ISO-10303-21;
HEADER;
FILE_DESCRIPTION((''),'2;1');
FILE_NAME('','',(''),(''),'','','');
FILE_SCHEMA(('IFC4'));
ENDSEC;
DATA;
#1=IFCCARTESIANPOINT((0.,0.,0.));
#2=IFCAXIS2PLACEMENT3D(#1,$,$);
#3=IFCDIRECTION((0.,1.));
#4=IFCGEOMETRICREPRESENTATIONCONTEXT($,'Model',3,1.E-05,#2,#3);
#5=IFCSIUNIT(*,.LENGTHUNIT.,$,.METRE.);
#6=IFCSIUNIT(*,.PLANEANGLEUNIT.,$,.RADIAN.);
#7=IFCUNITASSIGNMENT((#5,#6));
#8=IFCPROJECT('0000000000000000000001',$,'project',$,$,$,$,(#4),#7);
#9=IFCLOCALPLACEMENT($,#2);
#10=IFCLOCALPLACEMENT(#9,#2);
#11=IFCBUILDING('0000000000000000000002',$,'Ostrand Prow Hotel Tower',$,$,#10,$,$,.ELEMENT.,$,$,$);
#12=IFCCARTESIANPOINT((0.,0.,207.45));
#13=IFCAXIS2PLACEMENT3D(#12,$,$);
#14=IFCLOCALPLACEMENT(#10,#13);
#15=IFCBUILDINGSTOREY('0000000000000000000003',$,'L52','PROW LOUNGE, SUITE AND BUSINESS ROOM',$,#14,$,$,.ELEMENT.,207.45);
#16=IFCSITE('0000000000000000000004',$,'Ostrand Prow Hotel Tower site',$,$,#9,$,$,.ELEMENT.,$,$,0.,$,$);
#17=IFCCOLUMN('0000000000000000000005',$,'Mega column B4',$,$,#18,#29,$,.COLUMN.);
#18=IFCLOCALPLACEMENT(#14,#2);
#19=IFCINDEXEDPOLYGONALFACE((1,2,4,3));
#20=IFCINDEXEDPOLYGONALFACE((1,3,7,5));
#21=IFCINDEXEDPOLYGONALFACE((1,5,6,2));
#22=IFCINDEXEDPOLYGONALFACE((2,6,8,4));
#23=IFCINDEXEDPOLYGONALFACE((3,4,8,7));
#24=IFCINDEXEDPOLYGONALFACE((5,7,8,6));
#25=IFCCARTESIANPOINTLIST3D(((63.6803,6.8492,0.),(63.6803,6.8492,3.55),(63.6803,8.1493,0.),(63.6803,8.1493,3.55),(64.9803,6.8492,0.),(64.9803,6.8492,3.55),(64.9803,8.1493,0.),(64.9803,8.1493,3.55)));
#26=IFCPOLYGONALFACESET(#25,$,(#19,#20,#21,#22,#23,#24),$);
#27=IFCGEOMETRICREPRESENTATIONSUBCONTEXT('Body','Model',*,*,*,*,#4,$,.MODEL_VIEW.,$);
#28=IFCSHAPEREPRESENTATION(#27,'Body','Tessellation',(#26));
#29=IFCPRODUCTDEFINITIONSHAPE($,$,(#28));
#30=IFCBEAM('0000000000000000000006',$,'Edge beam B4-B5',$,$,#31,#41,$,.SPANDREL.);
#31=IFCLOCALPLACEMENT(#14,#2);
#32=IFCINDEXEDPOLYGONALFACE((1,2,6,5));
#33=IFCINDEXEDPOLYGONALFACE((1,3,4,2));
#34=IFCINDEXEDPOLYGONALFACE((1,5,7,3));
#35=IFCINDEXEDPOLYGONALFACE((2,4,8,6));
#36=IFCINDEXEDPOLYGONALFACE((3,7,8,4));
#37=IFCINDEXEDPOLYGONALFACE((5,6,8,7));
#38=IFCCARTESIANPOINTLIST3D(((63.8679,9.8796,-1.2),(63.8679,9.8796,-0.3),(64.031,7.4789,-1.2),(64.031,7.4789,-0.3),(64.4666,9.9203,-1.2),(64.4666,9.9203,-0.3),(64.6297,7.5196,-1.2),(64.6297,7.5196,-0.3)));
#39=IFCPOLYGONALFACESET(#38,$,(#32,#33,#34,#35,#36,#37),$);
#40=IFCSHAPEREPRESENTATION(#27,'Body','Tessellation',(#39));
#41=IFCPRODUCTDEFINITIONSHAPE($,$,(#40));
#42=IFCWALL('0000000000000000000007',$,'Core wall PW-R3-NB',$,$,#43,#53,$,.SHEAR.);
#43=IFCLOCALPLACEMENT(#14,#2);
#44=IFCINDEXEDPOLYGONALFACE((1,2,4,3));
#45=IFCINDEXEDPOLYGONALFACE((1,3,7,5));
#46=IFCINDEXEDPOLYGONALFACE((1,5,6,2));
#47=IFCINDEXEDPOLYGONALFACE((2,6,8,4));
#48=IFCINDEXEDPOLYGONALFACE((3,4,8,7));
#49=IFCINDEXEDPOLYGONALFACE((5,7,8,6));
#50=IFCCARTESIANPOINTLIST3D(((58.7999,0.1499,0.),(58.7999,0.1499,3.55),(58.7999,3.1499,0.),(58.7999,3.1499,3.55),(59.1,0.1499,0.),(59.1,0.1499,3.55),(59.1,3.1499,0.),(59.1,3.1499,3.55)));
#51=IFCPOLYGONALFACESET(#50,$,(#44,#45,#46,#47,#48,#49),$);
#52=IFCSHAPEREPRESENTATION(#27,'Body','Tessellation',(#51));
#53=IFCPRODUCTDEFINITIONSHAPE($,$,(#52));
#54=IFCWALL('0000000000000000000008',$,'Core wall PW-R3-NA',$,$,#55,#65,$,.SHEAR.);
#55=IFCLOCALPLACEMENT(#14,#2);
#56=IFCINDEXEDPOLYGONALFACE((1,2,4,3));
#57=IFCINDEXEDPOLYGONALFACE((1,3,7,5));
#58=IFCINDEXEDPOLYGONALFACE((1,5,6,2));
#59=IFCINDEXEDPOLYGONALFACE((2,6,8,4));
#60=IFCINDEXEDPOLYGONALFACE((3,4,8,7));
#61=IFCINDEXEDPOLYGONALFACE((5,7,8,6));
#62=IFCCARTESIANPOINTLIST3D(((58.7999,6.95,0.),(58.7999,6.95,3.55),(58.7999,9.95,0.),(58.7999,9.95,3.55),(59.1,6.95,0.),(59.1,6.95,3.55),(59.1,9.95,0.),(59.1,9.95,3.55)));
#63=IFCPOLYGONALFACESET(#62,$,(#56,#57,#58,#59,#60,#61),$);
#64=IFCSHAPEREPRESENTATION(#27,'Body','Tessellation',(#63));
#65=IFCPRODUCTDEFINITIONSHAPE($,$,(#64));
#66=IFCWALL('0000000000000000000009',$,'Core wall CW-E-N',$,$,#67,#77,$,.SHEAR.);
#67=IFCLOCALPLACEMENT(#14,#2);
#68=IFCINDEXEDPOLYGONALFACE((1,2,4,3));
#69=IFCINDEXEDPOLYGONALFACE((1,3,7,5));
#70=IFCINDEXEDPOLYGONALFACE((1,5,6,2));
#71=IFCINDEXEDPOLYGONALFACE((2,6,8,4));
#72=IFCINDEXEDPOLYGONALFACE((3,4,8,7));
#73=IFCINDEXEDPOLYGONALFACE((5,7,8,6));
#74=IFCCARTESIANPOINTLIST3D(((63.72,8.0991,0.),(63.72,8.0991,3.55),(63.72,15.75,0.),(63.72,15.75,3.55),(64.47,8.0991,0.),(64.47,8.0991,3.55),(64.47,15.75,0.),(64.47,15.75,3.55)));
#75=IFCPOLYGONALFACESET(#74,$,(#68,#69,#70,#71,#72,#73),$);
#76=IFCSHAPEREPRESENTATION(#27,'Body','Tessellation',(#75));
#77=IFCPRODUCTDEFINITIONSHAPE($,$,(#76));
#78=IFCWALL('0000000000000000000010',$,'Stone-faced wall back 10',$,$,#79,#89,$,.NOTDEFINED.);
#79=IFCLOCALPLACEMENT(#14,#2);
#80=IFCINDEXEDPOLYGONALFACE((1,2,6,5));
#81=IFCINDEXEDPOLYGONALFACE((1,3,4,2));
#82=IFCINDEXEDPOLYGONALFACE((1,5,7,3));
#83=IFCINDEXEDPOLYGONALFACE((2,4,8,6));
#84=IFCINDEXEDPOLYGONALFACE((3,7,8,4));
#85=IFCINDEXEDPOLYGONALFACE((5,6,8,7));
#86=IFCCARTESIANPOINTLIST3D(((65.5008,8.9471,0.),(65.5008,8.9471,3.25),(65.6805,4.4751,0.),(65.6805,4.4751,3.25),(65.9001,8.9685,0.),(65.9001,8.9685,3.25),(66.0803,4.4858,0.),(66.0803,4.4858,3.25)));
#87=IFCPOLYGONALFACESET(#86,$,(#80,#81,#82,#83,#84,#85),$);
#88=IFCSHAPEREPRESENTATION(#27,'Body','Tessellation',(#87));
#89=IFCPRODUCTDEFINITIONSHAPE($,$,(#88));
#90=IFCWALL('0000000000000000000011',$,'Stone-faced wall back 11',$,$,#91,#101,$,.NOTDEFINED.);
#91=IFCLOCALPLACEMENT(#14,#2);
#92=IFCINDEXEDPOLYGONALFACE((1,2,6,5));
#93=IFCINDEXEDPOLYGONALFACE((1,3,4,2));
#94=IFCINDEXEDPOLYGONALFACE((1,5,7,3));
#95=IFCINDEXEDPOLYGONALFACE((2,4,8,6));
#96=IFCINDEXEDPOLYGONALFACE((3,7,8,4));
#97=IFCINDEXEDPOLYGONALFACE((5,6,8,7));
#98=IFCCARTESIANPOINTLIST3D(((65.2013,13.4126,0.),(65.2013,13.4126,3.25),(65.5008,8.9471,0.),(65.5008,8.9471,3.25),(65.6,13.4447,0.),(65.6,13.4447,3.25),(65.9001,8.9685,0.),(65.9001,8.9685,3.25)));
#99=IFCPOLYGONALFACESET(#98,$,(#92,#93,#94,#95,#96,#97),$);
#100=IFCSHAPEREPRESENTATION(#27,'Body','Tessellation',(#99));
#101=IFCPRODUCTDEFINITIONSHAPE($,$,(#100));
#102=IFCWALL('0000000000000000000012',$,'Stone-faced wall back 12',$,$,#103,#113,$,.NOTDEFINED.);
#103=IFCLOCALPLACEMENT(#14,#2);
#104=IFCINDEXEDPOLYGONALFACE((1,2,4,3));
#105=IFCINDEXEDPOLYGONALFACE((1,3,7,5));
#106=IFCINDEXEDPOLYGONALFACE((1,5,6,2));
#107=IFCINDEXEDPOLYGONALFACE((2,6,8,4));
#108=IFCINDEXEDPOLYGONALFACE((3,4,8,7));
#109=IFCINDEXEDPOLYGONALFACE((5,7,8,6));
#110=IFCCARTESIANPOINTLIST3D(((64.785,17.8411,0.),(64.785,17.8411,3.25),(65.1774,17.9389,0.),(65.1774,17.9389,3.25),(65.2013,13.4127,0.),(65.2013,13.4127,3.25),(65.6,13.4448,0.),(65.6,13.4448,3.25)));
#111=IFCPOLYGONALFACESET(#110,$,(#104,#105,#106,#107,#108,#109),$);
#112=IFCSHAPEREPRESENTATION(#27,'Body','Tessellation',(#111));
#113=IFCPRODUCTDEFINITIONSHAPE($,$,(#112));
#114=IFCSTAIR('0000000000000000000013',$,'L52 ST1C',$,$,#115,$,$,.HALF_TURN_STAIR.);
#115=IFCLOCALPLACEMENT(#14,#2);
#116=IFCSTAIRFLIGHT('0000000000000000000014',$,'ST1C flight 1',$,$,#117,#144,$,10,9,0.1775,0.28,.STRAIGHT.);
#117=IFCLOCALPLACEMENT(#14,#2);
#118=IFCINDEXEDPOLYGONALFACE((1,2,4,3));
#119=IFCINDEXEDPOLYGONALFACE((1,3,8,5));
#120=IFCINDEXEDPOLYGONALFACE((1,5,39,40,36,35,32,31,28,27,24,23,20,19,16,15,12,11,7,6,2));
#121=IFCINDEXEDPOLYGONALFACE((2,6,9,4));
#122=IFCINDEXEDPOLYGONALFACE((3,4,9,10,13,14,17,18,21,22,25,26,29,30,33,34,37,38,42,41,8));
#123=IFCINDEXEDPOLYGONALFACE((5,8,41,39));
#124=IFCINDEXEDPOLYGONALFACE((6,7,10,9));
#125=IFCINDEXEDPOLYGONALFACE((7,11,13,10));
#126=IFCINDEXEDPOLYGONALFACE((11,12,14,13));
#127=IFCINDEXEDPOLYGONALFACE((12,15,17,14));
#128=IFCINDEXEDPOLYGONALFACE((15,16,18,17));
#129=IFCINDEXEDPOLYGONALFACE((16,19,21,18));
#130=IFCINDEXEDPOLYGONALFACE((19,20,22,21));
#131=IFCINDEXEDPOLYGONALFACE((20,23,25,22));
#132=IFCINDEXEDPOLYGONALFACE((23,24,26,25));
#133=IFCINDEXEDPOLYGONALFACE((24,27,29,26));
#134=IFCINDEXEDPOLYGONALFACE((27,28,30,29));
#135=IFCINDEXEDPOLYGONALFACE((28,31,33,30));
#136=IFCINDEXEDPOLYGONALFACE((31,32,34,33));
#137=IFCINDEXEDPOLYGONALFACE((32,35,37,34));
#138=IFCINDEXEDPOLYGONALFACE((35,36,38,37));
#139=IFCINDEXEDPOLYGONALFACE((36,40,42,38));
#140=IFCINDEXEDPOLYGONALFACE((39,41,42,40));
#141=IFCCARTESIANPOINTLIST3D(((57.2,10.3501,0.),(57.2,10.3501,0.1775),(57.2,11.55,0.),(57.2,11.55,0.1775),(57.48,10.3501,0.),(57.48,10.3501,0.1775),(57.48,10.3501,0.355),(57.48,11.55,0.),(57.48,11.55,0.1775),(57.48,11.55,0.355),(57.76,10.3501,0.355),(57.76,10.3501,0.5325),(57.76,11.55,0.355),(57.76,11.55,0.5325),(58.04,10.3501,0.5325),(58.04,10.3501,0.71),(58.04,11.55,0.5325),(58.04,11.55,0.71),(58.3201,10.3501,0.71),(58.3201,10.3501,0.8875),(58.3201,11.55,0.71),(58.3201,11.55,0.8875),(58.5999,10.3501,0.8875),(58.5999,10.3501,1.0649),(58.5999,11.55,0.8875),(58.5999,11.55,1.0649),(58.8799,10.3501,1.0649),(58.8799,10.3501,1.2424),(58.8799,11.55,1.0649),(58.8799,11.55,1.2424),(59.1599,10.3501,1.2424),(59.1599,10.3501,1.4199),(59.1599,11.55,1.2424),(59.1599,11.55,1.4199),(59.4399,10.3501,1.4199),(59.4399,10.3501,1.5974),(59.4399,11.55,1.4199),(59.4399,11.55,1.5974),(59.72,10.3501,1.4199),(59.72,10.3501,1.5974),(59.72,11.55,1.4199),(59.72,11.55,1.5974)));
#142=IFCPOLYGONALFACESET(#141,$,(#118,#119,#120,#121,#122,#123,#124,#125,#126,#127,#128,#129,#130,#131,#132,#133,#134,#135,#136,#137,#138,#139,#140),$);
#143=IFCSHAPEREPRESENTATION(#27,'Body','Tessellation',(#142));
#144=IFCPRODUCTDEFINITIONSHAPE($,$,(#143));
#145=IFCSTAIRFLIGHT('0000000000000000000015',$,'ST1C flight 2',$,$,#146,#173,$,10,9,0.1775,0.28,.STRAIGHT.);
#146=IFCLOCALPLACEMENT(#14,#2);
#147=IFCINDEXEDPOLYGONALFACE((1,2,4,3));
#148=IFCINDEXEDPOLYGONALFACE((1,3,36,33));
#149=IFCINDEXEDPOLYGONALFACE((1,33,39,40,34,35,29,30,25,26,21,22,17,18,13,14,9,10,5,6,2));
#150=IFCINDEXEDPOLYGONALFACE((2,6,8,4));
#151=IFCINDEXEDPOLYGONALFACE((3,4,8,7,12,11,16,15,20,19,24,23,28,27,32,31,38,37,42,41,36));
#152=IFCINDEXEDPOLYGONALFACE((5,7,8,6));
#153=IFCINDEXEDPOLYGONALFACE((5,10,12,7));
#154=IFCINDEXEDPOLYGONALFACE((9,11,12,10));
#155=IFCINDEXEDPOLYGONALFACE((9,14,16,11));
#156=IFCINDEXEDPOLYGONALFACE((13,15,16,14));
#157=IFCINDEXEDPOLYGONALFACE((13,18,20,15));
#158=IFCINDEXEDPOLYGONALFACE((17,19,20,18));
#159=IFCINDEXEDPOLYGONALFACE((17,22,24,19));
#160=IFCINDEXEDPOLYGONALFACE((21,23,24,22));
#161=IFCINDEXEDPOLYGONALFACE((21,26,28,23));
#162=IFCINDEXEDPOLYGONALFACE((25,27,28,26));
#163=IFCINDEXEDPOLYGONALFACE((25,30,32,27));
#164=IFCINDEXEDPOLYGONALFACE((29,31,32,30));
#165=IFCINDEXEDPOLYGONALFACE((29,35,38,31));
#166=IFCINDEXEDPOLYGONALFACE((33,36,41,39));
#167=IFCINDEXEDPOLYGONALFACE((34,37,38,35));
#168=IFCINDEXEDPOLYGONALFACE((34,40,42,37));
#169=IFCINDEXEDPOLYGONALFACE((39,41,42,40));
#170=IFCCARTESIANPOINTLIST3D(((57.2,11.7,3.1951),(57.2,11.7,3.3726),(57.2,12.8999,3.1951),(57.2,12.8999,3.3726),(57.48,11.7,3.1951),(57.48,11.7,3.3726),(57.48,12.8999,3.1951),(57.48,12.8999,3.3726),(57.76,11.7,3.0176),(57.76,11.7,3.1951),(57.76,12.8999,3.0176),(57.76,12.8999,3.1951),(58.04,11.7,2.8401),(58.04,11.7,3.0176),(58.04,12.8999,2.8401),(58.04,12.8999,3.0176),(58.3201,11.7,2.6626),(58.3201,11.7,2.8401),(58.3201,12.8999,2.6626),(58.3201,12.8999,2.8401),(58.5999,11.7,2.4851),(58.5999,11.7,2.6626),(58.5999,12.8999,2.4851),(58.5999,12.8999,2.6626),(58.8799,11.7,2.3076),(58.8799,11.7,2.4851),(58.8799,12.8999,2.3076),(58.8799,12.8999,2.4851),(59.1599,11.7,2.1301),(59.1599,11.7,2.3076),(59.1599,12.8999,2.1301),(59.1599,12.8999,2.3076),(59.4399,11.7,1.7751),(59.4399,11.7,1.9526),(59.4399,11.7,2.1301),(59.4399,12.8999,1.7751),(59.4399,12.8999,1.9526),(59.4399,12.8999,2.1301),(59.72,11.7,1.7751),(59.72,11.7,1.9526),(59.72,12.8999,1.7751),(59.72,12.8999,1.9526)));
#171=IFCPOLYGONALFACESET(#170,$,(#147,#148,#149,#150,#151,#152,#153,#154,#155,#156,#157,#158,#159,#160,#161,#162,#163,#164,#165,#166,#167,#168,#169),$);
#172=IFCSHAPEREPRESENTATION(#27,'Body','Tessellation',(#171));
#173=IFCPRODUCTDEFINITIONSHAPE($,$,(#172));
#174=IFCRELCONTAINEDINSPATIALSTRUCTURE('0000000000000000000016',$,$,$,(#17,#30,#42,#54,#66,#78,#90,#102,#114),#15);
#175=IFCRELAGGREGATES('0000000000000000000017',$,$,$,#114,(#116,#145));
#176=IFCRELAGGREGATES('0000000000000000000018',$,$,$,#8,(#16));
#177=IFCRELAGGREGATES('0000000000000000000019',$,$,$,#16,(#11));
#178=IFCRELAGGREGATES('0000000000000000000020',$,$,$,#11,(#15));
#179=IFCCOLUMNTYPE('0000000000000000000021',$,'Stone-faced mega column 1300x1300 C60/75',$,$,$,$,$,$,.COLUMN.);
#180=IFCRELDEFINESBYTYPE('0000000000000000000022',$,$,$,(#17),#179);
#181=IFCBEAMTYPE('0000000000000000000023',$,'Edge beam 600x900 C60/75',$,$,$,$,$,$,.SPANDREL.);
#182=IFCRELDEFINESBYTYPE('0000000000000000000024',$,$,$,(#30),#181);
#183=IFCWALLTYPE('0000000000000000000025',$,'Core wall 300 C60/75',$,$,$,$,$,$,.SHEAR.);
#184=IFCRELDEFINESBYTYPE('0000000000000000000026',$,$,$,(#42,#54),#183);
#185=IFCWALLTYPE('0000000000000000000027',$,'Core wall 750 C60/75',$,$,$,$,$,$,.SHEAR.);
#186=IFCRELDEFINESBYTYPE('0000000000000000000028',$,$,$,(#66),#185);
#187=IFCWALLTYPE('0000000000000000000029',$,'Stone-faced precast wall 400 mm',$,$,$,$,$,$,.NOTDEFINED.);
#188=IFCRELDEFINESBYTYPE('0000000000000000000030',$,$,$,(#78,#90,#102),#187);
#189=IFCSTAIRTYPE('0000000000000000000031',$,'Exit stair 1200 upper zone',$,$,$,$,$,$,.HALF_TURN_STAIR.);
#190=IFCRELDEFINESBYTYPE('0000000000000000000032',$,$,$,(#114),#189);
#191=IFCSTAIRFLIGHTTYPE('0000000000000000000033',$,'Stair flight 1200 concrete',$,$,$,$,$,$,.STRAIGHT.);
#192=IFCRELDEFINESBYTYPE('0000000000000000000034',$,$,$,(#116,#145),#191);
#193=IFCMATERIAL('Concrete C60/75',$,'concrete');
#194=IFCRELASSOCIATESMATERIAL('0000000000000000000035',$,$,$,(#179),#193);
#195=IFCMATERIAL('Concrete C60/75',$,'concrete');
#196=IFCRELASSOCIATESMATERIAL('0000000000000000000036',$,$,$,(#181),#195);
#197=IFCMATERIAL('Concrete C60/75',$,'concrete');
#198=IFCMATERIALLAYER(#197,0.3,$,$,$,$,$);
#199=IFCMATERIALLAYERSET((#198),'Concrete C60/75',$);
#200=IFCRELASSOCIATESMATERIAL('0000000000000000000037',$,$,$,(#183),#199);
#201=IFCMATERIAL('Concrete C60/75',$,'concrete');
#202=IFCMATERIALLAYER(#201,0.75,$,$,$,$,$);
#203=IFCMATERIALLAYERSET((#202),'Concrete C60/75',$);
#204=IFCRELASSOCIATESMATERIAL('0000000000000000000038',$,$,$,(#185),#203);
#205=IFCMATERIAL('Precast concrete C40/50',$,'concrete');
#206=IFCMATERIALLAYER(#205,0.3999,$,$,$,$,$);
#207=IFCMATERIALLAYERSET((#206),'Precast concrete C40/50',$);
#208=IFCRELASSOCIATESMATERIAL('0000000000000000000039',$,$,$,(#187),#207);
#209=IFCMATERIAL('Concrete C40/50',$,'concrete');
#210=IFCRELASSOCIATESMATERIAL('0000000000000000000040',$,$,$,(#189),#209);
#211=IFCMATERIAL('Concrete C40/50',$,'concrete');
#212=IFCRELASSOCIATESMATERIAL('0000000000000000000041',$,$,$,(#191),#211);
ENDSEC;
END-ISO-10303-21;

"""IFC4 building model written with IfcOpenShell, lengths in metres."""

from ifc_helpers import new_model, si_unit, direction, frame, frame_2d, origin, origin_2d, place, context, subcontext, project, spatial, polyline, rectangle, outline, extrude, material, layer, layer_set, material_profile, profile_set, type_object, element, aggregate, save


model = new_model("IFC4")

# Units and contexts
model_context = context("Model", 3, precision=1e-05, world=origin(), true_north=direction((0.0, 1.0)))
body_context = subcontext(model_context, "Body", "Model", "MODEL_VIEW")
ifc_project = project(units=[si_unit("LENGTHUNIT", "METRE"), si_unit("PLANEANGLEUNIT", "RADIAN")], contexts=[model_context])

# Site, building, storey
site_placement = place(None, origin())
site = spatial("IfcSite", under=ifc_project, at=site_placement, Name="Ostrand Prow Hotel Tower site", CompositionType="ELEMENT", RefElevation=0.0)
building_placement = place(site_placement, origin())
building = spatial("IfcBuilding", under=site, at=building_placement, Name="Ostrand Prow Hotel Tower", CompositionType="ELEMENT")
storey_placement = place(building_placement, frame((0.0, 0.0, 207.45)))
storey = spatial("IfcBuildingStorey", under=building, at=storey_placement, Name="L52", Description="PROW LOUNGE, SUITE AND BUSINESS ROOM", CompositionType="ELEMENT", Elevation=207.45)

# Column
ifc_material_1 = material(Name="Concrete C60/75", Category="concrete")
ifc_material_profile_1 = material_profile(ifc_material_1, rectangle(XDim=1.3, YDim=1.3, at=origin_2d()), Name="RC 1300x1300")
ifc_profile_set_1 = profile_set([ifc_material_profile_1], Name="Concrete C60/75")
column_type = type_object("IfcColumnType", Name="Stone-faced mega column 1300x1300 C60/75", PredefinedType="COLUMN", material=ifc_profile_set_1)
column_placement = place(storey_placement, frame((64.3303, 7.4993, 0.0), z_axis=(0.0, 0.0, 1.0), x_axis=(1.0, 0.0, 0.0)))
element("IfcColumn", 1, at=column_placement, inside=storey, type_object=column_type, Name="Mega column B4", PredefinedType="COLUMN", context=body_context, shape_type="SweptSolid", body=[
    extrude(rectangle(XDim=1.3, YDim=1.3, at=origin_2d()), origin(), (0.0, 0.0, 1.0), 3.55),
])

# Beam
ifc_material_2 = material(Name="Concrete C60/75", Category="concrete")
ifc_material_profile_2 = material_profile(ifc_material_2, rectangle(XDim=0.6001, YDim=0.8999, at=origin_2d()), Name="RC 600x900")
ifc_profile_set_2 = profile_set([ifc_material_profile_2], Name="Concrete C60/75")
beam_type = type_object("IfcBeamType", Name="Edge beam 600x900 C60/75", PredefinedType="SPANDREL", material=ifc_profile_set_2)
beam_placement = place(storey_placement, frame((64.3303, 7.4993, -0.75), z_axis=(-0.067778, 0.9977, 0.0), x_axis=(-0.9977, -0.067778, 0.0)))
element("IfcBeam", 2, at=beam_placement, inside=storey, type_object=beam_type, Name="Edge beam B4-B5", PredefinedType="SPANDREL", context=body_context, shape_type="SweptSolid", body=[
    extrude(rectangle(XDim=0.6001, YDim=0.8999, at=origin_2d()), origin(), (0.0, 0.0, 1.0), 2.4062),
])

# Walls
ifc_material_3 = material(Name="Concrete C60/75", Category="concrete")
ifc_layer_1 = layer(ifc_material_3, 0.3)
ifc_layer_set_1 = layer_set([ifc_layer_1], Name="Concrete C60/75")
wall_type_1 = type_object("IfcWallType", Name="Core wall 300 C60/75", PredefinedType="SHEAR", material=ifc_layer_set_1)
for number, where, z_axis, x_axis, name in (
    (3, (58.95, 0.1499, 0.0), (0.0, 0.0, 1.0), (0.0, 1.0, 0.0), "Core wall PW-R3-NB"),
    (4, (58.95, 6.95, 0.0), (0.0, 0.0, 1.0), (0.0, 1.0, 0.0), "Core wall PW-R3-NA"),
):
    element("IfcWall", number, at=place(storey_placement, frame(where, z_axis=z_axis, x_axis=x_axis)), inside=storey, type_object=wall_type_1, Name=name, PredefinedType="SHEAR", context=body_context, shape_type="SweptSolid", body=[
        extrude(rectangle(XDim=3.0, YDim=0.3, at=frame_2d((1.5, 0.0))), origin(), (0.0, 0.0, 1.0), 3.55),
    ])
ifc_material_4 = material(Name="Concrete C60/75", Category="concrete")
ifc_layer_2 = layer(ifc_material_4, 0.75)
ifc_layer_set_2 = layer_set([ifc_layer_2], Name="Concrete C60/75")
wall_type_2 = type_object("IfcWallType", Name="Core wall 750 C60/75", PredefinedType="SHEAR", material=ifc_layer_set_2)
wall_1_placement = place(storey_placement, frame((64.095, 8.0991, 0.0), z_axis=(0.0, 0.0, 1.0), x_axis=(0.0, 1.0, 0.0)))
element("IfcWall", 5, at=wall_1_placement, inside=storey, type_object=wall_type_2, Name="Core wall CW-E-N", PredefinedType="SHEAR", context=body_context, shape_type="SweptSolid", body=[
    extrude(rectangle(XDim=7.6509, YDim=0.75, at=frame_2d((3.8254, 0.0))), origin(), (0.0, 0.0, 1.0), 3.55),
])
ifc_material_5 = material(Name="Precast concrete C40/50", Category="concrete")
ifc_layer_3 = layer(ifc_material_5, 0.3999)
ifc_layer_set_3 = layer_set([ifc_layer_3], Name="Precast concrete C40/50")
wall_type_3 = type_object("IfcWallType", Name="Stone-faced precast wall 400 mm", PredefinedType="NOTDEFINED", material=ifc_layer_set_3)
for number, where, z_axis, x_axis, name in (
    (6, (65.8804, 4.4805, 0.0), (0.0, 0.0, 1.0), (-0.040155, 0.999193, 0.0), "Stone-faced wall back 10"),
    (7, (65.7004, 8.9578, 0.0), (0.0, 0.0, 1.0), (-0.066906, 0.997759, 0.0), "Stone-faced wall back 11"),
):
    element("IfcWall", number, at=place(storey_placement, frame(where, z_axis=z_axis, x_axis=x_axis)), inside=storey, type_object=wall_type_3, Name=name, PredefinedType="NOTDEFINED", context=body_context, shape_type="SweptSolid", body=[
        extrude(outline(polyline([(-0.0027, -0.2), (4.4836, -0.2), (4.4783, 0.2), (0.0027, 0.2), (-0.0027, -0.2)])), origin(), (0.0, 0.0, 1.0), 3.25),
    ])
wall_2_placement = place(storey_placement, frame((65.4006, 13.4287, 0.0), z_axis=(0.0, 0.0, 1.0), x_axis=(-0.093606, 0.995609, 0.0)))
element("IfcWall", 8, at=wall_2_placement, inside=storey, type_object=wall_type_3, Name="Stone-faced wall back 12", PredefinedType="NOTDEFINED", context=body_context, shape_type="SweptSolid", body=[
    extrude(outline(polyline([(-0.0027, -0.2), (4.5112, -0.2), (4.4507, 0.2), (0.0027, 0.2), (-0.0027, -0.2)])), origin(), (0.0, 0.0, 1.0), 3.25),
])

# Stair, stair flights
ifc_material_6 = material(Name="Concrete C40/50", Category="concrete")
stair_type = type_object("IfcStairType", Name="Exit stair 1200 upper zone", PredefinedType="HALF_TURN_STAIR", material=ifc_material_6)
stair_1_placement = place(storey_placement, origin())
stair_1 = element("IfcStair", 9, at=stair_1_placement, inside=storey, type_object=stair_type, Name="L52 ST1C", PredefinedType="HALF_TURN_STAIR")
ifc_material_7 = material(Name="Concrete C40/50", Category="concrete")
stair_flight_type = type_object("IfcStairFlightType", Name="Stair flight 1200 concrete", PredefinedType="STRAIGHT", material=ifc_material_7)
stair_flight_1_placement = place(storey_placement, frame((57.2, 10.95, 0.0), z_axis=(0.0, 0.0, 1.0), x_axis=(1.0, 0.0, 0.0)))
stair_flight_1 = element("IfcStairFlight", 10, at=stair_flight_1_placement, type_object=stair_flight_type, Name="ST1C flight 1", NumberOfRisers=10, NumberOfTreads=9, PredefinedType="STRAIGHT", RiserHeight=0.1775, TreadLength=0.28, context=body_context, shape_type="SweptSolid", body=[
    extrude(outline(polyline([(0.0, 0.0), (0.0, 0.1775), (0.28, 0.1775), (0.28, 0.355), (0.5601, 0.355), (0.5601, 0.5325), (0.8401, 0.5325), (0.8401, 0.71), (1.1201, 0.71), (1.1201, 0.8875), (1.3999, 0.8875), (1.3999, 1.0649), (1.6799, 1.0649), (1.6799, 1.2424), (1.96, 1.2424), (1.96, 1.4199), (2.24, 1.4199), (2.24, 1.5974), (2.52, 1.5974), (2.52, 1.7749), (2.52, 1.4199), (0.28, 0.0), (0.0, 0.0)])), frame((0.0, 0.6001, 0.0), z_axis=(0.0, -1.0, 0.0), x_axis=(1.0, 0.0, 0.0)), (0.0, 0.0, 1.0), 1.2),
])
stair_flight_2_placement = place(storey_placement, frame((59.72, 12.3, 1.7751), z_axis=(0.0, 0.0, 1.0), x_axis=(-1.0, 0.0, 0.0)))
stair_flight_2 = element("IfcStairFlight", 11, at=stair_flight_2_placement, type_object=stair_flight_type, Name="ST1C flight 2", NumberOfRisers=10, NumberOfTreads=9, PredefinedType="STRAIGHT", RiserHeight=0.1775, TreadLength=0.28, context=body_context, shape_type="SweptSolid", body=[
    extrude(outline(polyline([(0.0, 0.0), (0.0, 0.1775), (0.28, 0.1775), (0.28, 0.355), (0.5601, 0.355), (0.5601, 0.5325), (0.8401, 0.5325), (0.8401, 0.71), (1.1201, 0.71), (1.1201, 0.8875), (1.3999, 0.8875), (1.3999, 1.0649), (1.6799, 1.0649), (1.6799, 1.2424), (1.96, 1.2424), (1.96, 1.4199), (2.24, 1.4199), (2.24, 1.5974), (2.52, 1.5974), (2.52, 1.7749), (2.52, 1.4199), (0.28, 0.0), (0.0, 0.0)])), frame((0.0, 0.6001, 0.0), z_axis=(0.0, -1.0, 0.0), x_axis=(1.0, 0.0, 0.0)), (0.0, 0.0, 1.0), 1.2),
])
aggregate(stair_1, [stair_flight_1, stair_flight_2])

save(model, "model.ifc")
